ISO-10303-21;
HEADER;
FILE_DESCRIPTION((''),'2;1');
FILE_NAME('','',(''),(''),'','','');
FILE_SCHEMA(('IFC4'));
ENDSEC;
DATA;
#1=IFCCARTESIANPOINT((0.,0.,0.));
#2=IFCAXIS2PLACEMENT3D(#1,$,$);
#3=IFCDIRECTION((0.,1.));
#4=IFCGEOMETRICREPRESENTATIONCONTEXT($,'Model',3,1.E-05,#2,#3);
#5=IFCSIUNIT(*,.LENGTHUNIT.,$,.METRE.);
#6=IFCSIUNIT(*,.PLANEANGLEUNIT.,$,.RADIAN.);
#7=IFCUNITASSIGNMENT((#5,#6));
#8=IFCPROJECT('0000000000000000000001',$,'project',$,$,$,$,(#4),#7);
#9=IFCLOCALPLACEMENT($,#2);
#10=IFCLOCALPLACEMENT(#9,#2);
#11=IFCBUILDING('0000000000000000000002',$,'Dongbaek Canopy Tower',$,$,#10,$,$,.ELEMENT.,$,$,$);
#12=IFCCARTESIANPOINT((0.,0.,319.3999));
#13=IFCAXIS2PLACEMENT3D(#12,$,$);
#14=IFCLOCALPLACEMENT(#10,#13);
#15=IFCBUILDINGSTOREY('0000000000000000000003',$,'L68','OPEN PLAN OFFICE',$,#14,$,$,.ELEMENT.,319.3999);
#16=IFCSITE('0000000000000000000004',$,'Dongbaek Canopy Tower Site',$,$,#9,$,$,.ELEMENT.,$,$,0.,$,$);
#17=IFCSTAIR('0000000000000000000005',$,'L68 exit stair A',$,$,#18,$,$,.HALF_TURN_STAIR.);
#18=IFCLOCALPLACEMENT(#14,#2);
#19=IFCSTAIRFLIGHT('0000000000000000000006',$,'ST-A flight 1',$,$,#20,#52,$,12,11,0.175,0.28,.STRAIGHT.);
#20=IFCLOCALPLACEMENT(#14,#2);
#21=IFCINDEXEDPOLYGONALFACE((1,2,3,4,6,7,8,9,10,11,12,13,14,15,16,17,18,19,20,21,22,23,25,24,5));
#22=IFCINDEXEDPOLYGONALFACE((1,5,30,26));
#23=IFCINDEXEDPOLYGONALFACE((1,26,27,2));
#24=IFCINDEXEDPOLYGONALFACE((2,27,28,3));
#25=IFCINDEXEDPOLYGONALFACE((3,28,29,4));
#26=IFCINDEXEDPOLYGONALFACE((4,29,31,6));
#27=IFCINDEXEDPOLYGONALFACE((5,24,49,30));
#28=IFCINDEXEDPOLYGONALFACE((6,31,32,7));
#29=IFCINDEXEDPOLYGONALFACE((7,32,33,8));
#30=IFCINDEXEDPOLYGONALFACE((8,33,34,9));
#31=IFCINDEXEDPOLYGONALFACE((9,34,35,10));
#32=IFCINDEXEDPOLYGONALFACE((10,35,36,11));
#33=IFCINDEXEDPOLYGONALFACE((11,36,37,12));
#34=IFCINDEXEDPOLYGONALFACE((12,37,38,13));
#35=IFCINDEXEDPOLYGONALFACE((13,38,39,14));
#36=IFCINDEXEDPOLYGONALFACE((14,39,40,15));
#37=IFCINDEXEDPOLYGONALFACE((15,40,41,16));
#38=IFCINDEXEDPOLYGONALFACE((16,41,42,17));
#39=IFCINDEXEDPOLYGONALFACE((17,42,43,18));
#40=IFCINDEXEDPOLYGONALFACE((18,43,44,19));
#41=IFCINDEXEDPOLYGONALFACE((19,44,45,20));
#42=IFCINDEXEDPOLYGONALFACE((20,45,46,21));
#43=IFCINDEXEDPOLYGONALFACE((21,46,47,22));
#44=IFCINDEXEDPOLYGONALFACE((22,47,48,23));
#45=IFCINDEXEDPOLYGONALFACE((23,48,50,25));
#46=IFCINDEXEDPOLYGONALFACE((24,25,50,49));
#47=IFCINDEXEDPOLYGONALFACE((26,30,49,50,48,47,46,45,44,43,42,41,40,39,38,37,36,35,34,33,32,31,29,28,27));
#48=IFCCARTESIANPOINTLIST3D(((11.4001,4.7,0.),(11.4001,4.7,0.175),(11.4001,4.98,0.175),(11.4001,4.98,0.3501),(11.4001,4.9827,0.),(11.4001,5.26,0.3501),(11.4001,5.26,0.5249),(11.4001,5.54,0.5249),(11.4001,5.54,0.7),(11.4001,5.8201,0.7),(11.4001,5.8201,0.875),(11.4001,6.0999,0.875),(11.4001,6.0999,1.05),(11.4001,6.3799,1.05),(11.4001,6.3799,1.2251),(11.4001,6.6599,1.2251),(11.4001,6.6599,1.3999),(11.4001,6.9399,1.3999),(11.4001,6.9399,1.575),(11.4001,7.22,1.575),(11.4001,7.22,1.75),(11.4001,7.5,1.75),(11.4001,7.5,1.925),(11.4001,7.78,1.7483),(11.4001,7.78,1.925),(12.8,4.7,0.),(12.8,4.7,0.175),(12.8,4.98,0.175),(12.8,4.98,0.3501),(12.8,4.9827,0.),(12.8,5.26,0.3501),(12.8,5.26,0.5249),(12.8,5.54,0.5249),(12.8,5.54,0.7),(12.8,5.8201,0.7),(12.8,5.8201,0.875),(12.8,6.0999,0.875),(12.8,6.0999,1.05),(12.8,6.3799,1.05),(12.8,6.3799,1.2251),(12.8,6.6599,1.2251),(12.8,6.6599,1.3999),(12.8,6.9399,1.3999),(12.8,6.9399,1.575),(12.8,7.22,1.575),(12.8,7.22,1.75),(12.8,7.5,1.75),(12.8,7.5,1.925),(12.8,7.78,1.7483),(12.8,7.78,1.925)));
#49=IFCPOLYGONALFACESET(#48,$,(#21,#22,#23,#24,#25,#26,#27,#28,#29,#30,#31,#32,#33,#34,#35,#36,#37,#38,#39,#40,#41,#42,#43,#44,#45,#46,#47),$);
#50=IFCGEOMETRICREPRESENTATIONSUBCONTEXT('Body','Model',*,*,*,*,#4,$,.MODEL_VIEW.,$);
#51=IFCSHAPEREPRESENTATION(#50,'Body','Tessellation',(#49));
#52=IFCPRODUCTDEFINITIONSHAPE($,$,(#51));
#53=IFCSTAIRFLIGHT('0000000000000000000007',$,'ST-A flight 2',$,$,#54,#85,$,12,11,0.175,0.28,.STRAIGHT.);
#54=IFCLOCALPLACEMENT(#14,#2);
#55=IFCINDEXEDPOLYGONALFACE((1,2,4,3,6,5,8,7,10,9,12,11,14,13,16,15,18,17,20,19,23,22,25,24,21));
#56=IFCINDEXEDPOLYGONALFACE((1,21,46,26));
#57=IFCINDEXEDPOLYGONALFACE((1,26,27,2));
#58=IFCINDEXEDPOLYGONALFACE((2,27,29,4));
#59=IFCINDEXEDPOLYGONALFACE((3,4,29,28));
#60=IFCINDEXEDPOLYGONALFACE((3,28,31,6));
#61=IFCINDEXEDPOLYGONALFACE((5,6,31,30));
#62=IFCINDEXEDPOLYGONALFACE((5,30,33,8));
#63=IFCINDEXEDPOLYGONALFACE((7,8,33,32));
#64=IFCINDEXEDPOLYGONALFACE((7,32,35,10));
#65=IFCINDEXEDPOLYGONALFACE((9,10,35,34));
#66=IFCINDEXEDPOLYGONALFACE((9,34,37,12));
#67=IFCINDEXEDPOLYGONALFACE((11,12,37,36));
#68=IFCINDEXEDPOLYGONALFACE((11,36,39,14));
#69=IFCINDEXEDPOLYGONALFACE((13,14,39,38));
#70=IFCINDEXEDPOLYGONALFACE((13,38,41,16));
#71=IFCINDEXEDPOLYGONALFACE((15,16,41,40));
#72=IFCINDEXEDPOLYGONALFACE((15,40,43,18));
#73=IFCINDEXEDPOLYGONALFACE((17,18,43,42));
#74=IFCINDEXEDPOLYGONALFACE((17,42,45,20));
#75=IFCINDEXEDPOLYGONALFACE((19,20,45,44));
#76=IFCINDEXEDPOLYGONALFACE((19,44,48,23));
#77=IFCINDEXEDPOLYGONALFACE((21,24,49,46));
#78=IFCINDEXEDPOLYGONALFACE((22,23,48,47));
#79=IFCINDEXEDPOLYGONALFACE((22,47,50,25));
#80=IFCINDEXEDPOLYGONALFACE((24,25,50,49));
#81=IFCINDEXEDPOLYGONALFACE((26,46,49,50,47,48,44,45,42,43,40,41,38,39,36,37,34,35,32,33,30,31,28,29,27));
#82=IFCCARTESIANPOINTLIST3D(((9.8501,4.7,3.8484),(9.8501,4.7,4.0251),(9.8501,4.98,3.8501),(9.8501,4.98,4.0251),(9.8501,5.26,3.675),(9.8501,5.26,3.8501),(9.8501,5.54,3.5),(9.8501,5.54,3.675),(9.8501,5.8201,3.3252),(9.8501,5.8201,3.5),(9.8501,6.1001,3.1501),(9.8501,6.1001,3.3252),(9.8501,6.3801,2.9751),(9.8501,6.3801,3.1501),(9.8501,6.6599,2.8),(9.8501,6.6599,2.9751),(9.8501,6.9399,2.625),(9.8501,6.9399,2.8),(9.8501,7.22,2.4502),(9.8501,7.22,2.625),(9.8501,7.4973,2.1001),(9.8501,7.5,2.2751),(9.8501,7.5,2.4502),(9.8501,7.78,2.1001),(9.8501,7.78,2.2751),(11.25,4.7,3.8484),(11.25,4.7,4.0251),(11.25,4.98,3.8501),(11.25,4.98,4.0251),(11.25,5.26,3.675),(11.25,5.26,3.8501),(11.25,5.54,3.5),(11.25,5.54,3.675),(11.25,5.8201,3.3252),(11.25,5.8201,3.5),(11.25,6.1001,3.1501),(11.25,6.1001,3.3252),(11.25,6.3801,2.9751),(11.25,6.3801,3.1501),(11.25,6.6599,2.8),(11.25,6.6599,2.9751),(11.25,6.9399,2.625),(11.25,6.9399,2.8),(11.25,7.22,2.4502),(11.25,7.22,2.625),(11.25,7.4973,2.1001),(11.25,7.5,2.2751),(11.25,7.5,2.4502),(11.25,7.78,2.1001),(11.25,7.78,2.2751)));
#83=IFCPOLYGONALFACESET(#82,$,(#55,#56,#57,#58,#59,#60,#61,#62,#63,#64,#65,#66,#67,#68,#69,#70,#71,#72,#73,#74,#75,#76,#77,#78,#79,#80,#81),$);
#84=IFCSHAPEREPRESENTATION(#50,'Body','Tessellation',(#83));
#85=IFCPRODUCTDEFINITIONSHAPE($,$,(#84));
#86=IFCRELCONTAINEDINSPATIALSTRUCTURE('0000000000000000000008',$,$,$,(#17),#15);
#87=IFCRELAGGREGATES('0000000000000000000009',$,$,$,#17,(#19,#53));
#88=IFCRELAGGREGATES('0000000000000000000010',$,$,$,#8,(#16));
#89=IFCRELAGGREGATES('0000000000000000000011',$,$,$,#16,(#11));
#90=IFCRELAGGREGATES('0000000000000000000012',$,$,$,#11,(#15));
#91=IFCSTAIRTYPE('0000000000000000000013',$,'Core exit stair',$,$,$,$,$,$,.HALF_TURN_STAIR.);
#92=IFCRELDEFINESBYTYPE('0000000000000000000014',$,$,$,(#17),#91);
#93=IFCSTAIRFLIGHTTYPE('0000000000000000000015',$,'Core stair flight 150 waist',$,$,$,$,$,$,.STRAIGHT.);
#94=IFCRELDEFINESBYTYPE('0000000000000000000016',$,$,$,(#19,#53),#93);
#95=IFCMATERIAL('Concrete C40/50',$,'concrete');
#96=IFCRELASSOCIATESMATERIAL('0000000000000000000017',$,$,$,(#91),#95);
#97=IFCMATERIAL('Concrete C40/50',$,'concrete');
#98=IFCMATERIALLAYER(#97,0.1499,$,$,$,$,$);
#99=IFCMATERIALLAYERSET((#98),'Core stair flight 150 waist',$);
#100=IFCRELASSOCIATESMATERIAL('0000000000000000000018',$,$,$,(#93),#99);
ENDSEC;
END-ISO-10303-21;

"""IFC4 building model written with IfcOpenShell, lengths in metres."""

from ifc_helpers import new_model, si_unit, direction, frame, origin, place, context, subcontext, project, spatial, polyline, outline, extrude, material, layer, layer_set, type_object, element, aggregate, save


model = new_model("IFC4")

# Units and contexts
model_context = context("Model", 3, precision=1e-05, world=origin(), true_north=direction((0.0, 1.0)))
body_context = subcontext(model_context, "Body", "Model", "MODEL_VIEW")
ifc_project = project(units=[si_unit("LENGTHUNIT", "METRE"), si_unit("PLANEANGLEUNIT", "RADIAN")], contexts=[model_context])

# Site, building, storey
site_placement = place(None, origin())
site = spatial("IfcSite", under=ifc_project, at=site_placement, Name="Dongbaek Canopy Tower Site", CompositionType="ELEMENT", RefElevation=0.0)
building_placement = place(site_placement, origin())
building = spatial("IfcBuilding", under=site, at=building_placement, Name="Dongbaek Canopy Tower", CompositionType="ELEMENT")
storey_placement = place(building_placement, frame((0.0, 0.0, 319.3999)))
storey = spatial("IfcBuildingStorey", under=building, at=storey_placement, Name="L68", Description="OPEN PLAN OFFICE", CompositionType="ELEMENT", Elevation=319.3999)

# Stair, stair flights
ifc_material_1 = material(Name="Concrete C40/50", Category="concrete")
stair_type = type_object("IfcStairType", Name="Core exit stair", PredefinedType="HALF_TURN_STAIR", material=ifc_material_1)
stair_placement = place(storey_placement, origin())
stair = element("IfcStair", 1, at=stair_placement, inside=storey, type_object=stair_type, Name="L68 exit stair A", PredefinedType="HALF_TURN_STAIR")
ifc_material_2 = material(Name="Concrete C40/50", Category="concrete")
ifc_layer_1 = layer(ifc_material_2, 0.1499)
ifc_layer_set_1 = layer_set([ifc_layer_1], Name="Core stair flight 150 waist")
stair_flight_type = type_object("IfcStairFlightType", Name="Core stair flight 150 waist", PredefinedType="STRAIGHT", material=ifc_layer_set_1)
stair_flight_1_placement = place(storey_placement, frame((12.1001, 4.7, 0.0), z_axis=(0.0, 0.0, 1.0), x_axis=(0.0, 1.0, 0.0)))
stair_flight_1 = element("IfcStairFlight", 2, at=stair_flight_1_placement, type_object=stair_flight_type, Name="ST-A flight 1", NumberOfRisers=12, NumberOfTreads=11, PredefinedType="STRAIGHT", RiserHeight=0.175, TreadLength=0.28, context=body_context, shape_type="SweptSolid", body=[
    extrude(outline(polyline([(0.0, 0.0), (0.0, 0.175), (0.28, 0.175), (0.28, 0.3501), (0.5601, 0.3501), (0.5601, 0.5249), (0.8401, 0.5249), (0.8401, 0.7), (1.1201, 0.7), (1.1201, 0.875), (1.3999, 0.875), (1.3999, 1.05), (1.6799, 1.05), (1.6799, 1.2251), (1.96, 1.2251), (1.96, 1.3999), (2.24, 1.3999), (2.24, 1.575), (2.52, 1.575), (2.52, 1.75), (2.8, 1.75), (2.8, 1.925), (3.0801, 1.925), (3.0801, 2.1001), (3.0801, 1.7483), (0.2827, 0.0), (0.0, 0.0)])), frame((0.0, 0.7, 0.0), z_axis=(0.0, -1.0, 0.0), x_axis=(1.0, 0.0, 0.0)), (0.0, 0.0, 1.0), 1.3999),
])
stair_flight_2_placement = place(storey_placement, frame((10.55, 7.78, 2.1001), z_axis=(0.0, 0.0, 1.0), x_axis=(0.0, -1.0, 0.0)))
stair_flight_2 = element("IfcStairFlight", 3, at=stair_flight_2_placement, type_object=stair_flight_type, Name="ST-A flight 2", NumberOfRisers=12, NumberOfTreads=11, PredefinedType="STRAIGHT", RiserHeight=0.175, TreadLength=0.28, context=body_context, shape_type="SweptSolid", body=[
    extrude(outline(polyline([(0.0, 0.0), (0.0, 0.175), (0.28, 0.175), (0.28, 0.3501), (0.5601, 0.3501), (0.5601, 0.5249), (0.8401, 0.5249), (0.8401, 0.7), (1.1201, 0.7), (1.1201, 0.875), (1.3999, 0.875), (1.3999, 1.05), (1.6799, 1.05), (1.6799, 1.2251), (1.96, 1.2251), (1.96, 1.3999), (2.24, 1.3999), (2.24, 1.575), (2.52, 1.575), (2.52, 1.75), (2.8, 1.75), (2.8, 1.925), (3.0801, 1.925), (3.0801, 2.1001), (3.0801, 1.7483), (0.2827, 0.0), (0.0, 0.0)])), frame((0.0, 0.7, 0.0), z_axis=(0.0, -1.0, 0.0), x_axis=(1.0, 0.0, 0.0)), (0.0, 0.0, 1.0), 1.3999),
])
aggregate(stair, [stair_flight_1, stair_flight_2])

save(model, "model.ifc")
